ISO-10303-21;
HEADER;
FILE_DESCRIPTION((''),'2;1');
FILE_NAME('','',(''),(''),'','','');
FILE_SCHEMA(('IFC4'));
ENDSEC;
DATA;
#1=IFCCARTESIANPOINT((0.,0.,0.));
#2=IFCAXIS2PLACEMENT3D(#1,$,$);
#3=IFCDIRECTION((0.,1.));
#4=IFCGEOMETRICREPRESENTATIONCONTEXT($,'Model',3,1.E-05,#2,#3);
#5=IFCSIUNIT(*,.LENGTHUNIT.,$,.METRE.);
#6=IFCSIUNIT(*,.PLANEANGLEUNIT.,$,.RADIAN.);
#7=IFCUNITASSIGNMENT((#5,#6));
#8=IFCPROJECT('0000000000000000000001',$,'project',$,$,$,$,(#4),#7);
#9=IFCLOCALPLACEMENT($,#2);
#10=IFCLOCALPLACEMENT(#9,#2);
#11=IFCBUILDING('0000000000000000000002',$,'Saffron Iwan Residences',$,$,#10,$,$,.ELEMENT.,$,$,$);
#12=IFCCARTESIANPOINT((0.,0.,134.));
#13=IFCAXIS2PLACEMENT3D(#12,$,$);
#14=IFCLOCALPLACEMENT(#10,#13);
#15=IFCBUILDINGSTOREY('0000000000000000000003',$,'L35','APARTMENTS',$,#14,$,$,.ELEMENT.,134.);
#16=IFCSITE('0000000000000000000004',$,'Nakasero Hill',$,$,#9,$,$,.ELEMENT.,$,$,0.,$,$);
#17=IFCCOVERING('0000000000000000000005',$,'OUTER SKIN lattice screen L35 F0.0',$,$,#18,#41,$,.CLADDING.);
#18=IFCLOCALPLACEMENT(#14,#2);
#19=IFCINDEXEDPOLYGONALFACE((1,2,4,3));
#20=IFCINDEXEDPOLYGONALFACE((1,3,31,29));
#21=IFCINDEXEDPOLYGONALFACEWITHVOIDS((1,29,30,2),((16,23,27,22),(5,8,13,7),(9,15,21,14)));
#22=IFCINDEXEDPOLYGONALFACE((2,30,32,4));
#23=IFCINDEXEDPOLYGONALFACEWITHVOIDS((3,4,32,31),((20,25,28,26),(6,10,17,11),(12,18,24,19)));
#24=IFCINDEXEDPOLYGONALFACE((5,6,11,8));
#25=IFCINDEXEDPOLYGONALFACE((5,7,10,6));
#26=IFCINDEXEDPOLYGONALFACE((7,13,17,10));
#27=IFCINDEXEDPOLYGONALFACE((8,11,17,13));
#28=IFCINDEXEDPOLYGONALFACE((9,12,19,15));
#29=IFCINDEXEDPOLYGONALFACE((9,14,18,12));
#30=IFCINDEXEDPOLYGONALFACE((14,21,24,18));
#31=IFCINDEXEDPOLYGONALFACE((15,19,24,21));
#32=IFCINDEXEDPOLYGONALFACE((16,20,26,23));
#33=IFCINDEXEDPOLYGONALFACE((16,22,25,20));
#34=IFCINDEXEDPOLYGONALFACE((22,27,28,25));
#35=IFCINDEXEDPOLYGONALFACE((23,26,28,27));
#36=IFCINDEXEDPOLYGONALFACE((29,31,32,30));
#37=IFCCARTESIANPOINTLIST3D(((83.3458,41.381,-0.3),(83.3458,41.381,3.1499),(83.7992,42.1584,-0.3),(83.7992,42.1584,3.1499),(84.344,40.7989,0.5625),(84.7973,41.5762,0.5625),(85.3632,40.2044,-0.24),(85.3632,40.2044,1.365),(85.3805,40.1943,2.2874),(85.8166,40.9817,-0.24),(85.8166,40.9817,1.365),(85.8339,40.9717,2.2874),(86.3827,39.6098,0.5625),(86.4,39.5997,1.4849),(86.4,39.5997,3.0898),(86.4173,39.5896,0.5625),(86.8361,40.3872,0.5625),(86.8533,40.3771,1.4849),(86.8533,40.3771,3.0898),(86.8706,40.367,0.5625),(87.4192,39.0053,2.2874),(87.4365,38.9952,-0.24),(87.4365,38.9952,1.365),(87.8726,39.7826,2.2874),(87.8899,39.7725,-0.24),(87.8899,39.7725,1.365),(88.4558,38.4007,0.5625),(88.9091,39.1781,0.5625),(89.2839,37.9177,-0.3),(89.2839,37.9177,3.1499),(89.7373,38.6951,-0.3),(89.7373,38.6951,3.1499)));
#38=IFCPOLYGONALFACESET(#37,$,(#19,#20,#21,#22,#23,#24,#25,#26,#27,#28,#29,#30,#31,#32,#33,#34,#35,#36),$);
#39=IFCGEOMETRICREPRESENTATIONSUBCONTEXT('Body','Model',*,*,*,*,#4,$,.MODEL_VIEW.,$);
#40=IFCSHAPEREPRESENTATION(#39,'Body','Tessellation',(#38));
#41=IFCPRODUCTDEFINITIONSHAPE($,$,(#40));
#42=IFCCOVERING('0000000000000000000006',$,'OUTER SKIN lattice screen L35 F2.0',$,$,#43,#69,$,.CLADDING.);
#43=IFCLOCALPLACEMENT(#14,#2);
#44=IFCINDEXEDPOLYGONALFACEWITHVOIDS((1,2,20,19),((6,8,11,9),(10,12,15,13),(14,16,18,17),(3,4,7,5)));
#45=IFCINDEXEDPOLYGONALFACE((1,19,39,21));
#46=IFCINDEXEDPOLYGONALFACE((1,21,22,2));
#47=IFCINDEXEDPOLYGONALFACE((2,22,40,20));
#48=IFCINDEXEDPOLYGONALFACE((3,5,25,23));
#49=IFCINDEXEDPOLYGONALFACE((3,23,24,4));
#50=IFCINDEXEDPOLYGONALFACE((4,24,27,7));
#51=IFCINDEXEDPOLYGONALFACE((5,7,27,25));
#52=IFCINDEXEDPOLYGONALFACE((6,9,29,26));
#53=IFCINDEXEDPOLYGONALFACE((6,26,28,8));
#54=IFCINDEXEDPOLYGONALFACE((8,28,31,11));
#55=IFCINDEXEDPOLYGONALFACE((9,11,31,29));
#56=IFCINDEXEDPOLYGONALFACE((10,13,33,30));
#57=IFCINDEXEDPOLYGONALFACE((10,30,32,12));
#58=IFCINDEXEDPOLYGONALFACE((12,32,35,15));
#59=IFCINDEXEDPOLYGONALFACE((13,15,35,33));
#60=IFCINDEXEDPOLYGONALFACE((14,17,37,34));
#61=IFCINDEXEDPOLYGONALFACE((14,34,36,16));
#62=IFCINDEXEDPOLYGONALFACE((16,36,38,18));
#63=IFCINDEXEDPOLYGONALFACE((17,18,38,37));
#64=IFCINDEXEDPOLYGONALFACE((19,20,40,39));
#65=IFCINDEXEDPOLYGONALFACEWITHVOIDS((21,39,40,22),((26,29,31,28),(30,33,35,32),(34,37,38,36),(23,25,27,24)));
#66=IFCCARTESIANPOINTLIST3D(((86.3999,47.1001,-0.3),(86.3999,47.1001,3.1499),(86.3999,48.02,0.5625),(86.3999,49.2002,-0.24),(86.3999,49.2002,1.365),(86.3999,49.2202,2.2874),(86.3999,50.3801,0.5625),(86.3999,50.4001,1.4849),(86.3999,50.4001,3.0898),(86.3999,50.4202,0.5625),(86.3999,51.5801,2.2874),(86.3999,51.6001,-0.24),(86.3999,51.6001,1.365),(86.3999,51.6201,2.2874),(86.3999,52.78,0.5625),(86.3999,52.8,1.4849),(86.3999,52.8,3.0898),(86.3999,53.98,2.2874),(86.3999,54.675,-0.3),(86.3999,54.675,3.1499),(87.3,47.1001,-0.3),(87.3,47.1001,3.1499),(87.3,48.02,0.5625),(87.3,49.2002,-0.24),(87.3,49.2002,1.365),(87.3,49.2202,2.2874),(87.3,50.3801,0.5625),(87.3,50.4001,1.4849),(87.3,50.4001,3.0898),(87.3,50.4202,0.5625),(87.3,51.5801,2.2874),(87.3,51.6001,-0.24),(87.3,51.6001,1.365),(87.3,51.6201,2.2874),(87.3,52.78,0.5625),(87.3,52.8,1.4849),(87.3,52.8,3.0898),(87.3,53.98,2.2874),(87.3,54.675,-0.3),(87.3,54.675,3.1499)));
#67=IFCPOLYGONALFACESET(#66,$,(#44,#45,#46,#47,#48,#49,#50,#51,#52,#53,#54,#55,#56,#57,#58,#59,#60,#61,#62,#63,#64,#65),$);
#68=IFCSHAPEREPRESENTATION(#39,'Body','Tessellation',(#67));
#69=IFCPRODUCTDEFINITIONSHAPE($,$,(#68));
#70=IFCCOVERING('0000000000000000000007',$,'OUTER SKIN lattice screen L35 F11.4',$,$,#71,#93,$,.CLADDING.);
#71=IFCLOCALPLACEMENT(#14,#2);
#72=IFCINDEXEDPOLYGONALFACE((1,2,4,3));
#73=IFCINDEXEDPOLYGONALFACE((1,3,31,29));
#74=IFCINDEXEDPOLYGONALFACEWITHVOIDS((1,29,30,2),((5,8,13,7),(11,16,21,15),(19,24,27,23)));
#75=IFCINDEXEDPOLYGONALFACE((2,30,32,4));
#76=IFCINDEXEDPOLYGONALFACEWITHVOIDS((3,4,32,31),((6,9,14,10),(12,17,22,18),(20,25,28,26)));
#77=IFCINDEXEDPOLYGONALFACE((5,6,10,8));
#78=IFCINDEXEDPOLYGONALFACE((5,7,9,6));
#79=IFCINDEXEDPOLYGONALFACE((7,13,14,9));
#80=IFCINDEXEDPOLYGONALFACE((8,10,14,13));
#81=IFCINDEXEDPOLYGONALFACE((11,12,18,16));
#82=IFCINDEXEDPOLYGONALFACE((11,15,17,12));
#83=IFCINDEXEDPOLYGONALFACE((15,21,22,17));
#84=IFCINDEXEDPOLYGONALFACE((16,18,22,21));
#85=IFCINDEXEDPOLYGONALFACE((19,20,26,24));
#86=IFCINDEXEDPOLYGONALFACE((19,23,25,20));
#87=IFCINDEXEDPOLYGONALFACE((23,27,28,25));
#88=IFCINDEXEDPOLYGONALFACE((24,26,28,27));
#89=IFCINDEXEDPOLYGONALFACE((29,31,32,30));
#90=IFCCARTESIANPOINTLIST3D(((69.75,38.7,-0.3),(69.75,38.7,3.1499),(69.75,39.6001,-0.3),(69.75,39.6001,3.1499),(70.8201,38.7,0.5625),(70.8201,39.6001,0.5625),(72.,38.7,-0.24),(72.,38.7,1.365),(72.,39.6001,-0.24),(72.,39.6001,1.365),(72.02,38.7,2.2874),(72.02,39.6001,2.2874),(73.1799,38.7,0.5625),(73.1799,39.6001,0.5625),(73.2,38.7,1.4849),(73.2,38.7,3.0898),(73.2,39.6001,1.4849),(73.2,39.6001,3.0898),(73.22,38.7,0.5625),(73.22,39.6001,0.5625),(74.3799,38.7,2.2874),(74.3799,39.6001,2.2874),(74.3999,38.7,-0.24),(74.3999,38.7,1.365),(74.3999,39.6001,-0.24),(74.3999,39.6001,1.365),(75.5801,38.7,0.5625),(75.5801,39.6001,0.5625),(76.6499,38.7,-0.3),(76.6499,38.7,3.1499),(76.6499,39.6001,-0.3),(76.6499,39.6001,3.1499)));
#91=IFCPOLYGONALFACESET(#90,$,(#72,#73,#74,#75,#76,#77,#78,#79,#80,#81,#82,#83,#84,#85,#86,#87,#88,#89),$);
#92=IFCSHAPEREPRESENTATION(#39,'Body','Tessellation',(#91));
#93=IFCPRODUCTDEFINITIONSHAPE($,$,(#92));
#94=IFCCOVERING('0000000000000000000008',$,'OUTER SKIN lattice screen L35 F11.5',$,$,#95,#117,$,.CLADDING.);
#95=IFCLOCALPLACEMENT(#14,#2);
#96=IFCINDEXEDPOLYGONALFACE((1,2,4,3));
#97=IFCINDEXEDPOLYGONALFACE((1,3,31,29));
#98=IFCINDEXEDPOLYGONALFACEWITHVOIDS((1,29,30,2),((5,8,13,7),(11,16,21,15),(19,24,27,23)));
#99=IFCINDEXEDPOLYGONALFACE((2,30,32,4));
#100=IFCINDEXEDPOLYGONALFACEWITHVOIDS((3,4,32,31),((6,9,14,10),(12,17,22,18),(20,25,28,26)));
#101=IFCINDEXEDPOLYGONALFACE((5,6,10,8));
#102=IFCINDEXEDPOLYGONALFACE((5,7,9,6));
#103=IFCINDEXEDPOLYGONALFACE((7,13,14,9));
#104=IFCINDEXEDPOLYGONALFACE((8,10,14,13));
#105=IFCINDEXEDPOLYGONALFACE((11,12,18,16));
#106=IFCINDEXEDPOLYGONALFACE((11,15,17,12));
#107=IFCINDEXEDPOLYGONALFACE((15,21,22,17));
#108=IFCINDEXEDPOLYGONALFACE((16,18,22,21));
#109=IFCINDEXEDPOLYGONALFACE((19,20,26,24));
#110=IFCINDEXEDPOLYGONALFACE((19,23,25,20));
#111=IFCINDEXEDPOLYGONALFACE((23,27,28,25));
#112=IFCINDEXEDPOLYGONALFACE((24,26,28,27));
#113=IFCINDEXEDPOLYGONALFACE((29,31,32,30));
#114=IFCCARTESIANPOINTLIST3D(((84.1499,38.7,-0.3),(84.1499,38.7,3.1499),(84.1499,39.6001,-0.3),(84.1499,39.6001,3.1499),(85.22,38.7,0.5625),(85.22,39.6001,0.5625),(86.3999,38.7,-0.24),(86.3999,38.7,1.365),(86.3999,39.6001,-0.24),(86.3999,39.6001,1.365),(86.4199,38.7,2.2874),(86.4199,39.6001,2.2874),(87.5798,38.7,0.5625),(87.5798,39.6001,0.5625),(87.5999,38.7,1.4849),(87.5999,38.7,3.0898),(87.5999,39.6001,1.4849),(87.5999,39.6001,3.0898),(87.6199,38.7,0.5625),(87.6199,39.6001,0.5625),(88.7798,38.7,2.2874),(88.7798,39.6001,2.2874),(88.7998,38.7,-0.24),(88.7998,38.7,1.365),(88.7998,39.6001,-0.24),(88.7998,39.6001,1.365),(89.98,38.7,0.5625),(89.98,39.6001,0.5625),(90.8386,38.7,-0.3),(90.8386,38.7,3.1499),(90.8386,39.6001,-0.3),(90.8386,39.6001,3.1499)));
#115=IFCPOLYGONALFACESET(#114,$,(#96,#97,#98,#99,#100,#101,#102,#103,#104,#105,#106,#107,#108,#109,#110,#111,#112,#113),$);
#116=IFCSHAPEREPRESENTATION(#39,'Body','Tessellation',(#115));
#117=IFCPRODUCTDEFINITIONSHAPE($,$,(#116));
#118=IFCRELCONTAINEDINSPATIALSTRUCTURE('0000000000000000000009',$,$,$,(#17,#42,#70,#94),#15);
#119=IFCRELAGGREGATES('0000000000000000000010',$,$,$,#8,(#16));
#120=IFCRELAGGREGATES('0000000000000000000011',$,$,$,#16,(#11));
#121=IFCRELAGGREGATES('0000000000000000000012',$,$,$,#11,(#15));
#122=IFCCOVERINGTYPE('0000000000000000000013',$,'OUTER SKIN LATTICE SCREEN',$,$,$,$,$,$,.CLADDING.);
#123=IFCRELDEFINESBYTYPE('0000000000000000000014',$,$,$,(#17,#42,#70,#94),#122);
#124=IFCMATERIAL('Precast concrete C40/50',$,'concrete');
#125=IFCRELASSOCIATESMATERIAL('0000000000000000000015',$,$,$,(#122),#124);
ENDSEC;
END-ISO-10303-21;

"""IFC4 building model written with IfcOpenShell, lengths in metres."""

from ifc_helpers import new_model, si_unit, direction, frame, origin, place, context, subcontext, project, spatial, polyline, outline, extrude, material, type_object, element, save


model = new_model("IFC4")

# Units and contexts
model_context = context("Model", 3, precision=1e-05, world=origin(), true_north=direction((0.0, 1.0)))
body_context = subcontext(model_context, "Body", "Model", "MODEL_VIEW")
ifc_project = project(units=[si_unit("LENGTHUNIT", "METRE"), si_unit("PLANEANGLEUNIT", "RADIAN")], contexts=[model_context])

# Site, building, storey
site_placement = place(None, origin())
site = spatial("IfcSite", under=ifc_project, at=site_placement, Name="Nakasero Hill", CompositionType="ELEMENT", RefElevation=0.0)
building_placement = place(site_placement, origin())
building = spatial("IfcBuilding", under=site, at=building_placement, Name="Saffron Iwan Residences", CompositionType="ELEMENT")
storey_placement = place(building_placement, frame((0.0, 0.0, 134.0)))
storey = spatial("IfcBuildingStorey", under=building, at=storey_placement, Name="L35", Description="APARTMENTS", CompositionType="ELEMENT", Elevation=134.0)

# Coverings
ifc_material_1 = material(Name="Precast concrete C40/50", Category="concrete")
covering_type = type_object("IfcCoveringType", Name="OUTER SKIN LATTICE SCREEN", PredefinedType="CLADDING", material=ifc_material_1)
covering_1_placement = place(storey_placement, frame((89.2839, 37.9177, -0.3), z_axis=(0.503804, 0.863818, 0.0), x_axis=(-0.863818, 0.503804, 0.0)))
element("IfcCovering", 1, at=covering_1_placement, inside=storey, type_object=covering_type, Name="OUTER SKIN lattice screen L35 F0.0", PredefinedType="CLADDING", context=body_context, shape_type="SweptSolid", body=[
    extrude(outline(polyline([(0.0, 0.0), (6.8743, 0.0), (6.8743, 3.45), (0.0, 3.45), (0.0, 0.0)]), holes=[polyline([(0.9587, 0.8625), (2.1387, 0.0601), (3.3186, 0.8625), (2.1387, 1.665), (0.9587, 0.8625)]), polyline([(3.3586, 0.8625), (4.5388, 0.0601), (5.7188, 0.8625), (4.5388, 1.665), (3.3586, 0.8625)]), polyline([(2.1587, 2.5874), (3.3386, 1.7849), (4.5188, 2.5874), (3.3386, 3.3899), (2.1587, 2.5874)])]), origin(), (0.0, 0.0, 1.0), 0.8999),
])
covering_2_placement = place(storey_placement, frame((86.3999, 47.1001, -0.3), z_axis=(1.0, 0.0, 0.0), x_axis=(0.0, 1.0, 0.0)))
element("IfcCovering", 2, at=covering_2_placement, inside=storey, type_object=covering_type, Name="OUTER SKIN lattice screen L35 F2.0", PredefinedType="CLADDING", context=body_context, shape_type="SweptSolid", body=[
    extrude(outline(polyline([(0.0, 0.0), (7.575, 0.0), (7.575, 3.45), (0.0, 3.45), (0.0, 0.0)]), holes=[polyline([(0.9199, 0.8625), (2.1001, 0.0601), (3.28, 0.8625), (2.1001, 1.665), (0.9199, 0.8625)]), polyline([(3.3201, 0.8625), (4.5, 0.0601), (5.6799, 0.8625), (4.5, 1.665), (3.3201, 0.8625)]), polyline([(2.1201, 2.5874), (3.3, 1.7849), (4.48, 2.5874), (3.3, 3.3899), (2.1201, 2.5874)]), polyline([(4.52, 2.5874), (5.7, 1.7849), (6.8799, 2.5874), (5.7, 3.3899), (4.52, 2.5874)])]), origin(), (0.0, 0.0, 1.0), 0.9001),
])
covering_3_placement = place(storey_placement, frame((69.75, 39.6001, -0.3), z_axis=(0.0, -1.0, 0.0), x_axis=(1.0, 0.0, 0.0)))
element("IfcCovering", 3, at=covering_3_placement, inside=storey, type_object=covering_type, Name="OUTER SKIN lattice screen L35 F11.4", PredefinedType="CLADDING", context=body_context, shape_type="SweptSolid", body=[
    extrude(outline(polyline([(0.0, 0.0), (6.8999, 0.0), (6.8999, 3.45), (0.0, 3.45), (0.0, 0.0)]), holes=[polyline([(1.0701, 0.8625), (2.25, 0.0601), (3.4299, 0.8625), (2.25, 1.665), (1.0701, 0.8625)]), polyline([(3.47, 0.8625), (4.6499, 0.0601), (5.8301, 0.8625), (4.6499, 1.665), (3.47, 0.8625)]), polyline([(2.27, 2.5874), (3.45, 1.7849), (4.6299, 2.5874), (3.45, 3.3899), (2.27, 2.5874)])]), origin(), (0.0, 0.0, 1.0), 0.9001),
])
covering_4_placement = place(storey_placement, frame((84.1499, 39.6001, -0.3), z_axis=(0.0, -1.0, 0.0), x_axis=(1.0, 0.0, 0.0)))
element("IfcCovering", 4, at=covering_4_placement, inside=storey, type_object=covering_type, Name="OUTER SKIN lattice screen L35 F11.5", PredefinedType="CLADDING", context=body_context, shape_type="SweptSolid", body=[
    extrude(outline(polyline([(0.0, 0.0), (6.6887, 0.0), (6.6887, 3.45), (0.0, 3.45), (0.0, 0.0)]), holes=[polyline([(1.0701, 0.8625), (2.25, 0.0601), (3.4299, 0.8625), (2.25, 1.665), (1.0701, 0.8625)]), polyline([(3.47, 0.8625), (4.6499, 0.0601), (5.8301, 0.8625), (4.6499, 1.665), (3.47, 0.8625)]), polyline([(2.27, 2.5874), (3.45, 1.7849), (4.6299, 2.5874), (3.45, 3.3899), (2.27, 2.5874)])]), origin(), (0.0, 0.0, 1.0), 0.9001),
])

save(model, "model.ifc")
